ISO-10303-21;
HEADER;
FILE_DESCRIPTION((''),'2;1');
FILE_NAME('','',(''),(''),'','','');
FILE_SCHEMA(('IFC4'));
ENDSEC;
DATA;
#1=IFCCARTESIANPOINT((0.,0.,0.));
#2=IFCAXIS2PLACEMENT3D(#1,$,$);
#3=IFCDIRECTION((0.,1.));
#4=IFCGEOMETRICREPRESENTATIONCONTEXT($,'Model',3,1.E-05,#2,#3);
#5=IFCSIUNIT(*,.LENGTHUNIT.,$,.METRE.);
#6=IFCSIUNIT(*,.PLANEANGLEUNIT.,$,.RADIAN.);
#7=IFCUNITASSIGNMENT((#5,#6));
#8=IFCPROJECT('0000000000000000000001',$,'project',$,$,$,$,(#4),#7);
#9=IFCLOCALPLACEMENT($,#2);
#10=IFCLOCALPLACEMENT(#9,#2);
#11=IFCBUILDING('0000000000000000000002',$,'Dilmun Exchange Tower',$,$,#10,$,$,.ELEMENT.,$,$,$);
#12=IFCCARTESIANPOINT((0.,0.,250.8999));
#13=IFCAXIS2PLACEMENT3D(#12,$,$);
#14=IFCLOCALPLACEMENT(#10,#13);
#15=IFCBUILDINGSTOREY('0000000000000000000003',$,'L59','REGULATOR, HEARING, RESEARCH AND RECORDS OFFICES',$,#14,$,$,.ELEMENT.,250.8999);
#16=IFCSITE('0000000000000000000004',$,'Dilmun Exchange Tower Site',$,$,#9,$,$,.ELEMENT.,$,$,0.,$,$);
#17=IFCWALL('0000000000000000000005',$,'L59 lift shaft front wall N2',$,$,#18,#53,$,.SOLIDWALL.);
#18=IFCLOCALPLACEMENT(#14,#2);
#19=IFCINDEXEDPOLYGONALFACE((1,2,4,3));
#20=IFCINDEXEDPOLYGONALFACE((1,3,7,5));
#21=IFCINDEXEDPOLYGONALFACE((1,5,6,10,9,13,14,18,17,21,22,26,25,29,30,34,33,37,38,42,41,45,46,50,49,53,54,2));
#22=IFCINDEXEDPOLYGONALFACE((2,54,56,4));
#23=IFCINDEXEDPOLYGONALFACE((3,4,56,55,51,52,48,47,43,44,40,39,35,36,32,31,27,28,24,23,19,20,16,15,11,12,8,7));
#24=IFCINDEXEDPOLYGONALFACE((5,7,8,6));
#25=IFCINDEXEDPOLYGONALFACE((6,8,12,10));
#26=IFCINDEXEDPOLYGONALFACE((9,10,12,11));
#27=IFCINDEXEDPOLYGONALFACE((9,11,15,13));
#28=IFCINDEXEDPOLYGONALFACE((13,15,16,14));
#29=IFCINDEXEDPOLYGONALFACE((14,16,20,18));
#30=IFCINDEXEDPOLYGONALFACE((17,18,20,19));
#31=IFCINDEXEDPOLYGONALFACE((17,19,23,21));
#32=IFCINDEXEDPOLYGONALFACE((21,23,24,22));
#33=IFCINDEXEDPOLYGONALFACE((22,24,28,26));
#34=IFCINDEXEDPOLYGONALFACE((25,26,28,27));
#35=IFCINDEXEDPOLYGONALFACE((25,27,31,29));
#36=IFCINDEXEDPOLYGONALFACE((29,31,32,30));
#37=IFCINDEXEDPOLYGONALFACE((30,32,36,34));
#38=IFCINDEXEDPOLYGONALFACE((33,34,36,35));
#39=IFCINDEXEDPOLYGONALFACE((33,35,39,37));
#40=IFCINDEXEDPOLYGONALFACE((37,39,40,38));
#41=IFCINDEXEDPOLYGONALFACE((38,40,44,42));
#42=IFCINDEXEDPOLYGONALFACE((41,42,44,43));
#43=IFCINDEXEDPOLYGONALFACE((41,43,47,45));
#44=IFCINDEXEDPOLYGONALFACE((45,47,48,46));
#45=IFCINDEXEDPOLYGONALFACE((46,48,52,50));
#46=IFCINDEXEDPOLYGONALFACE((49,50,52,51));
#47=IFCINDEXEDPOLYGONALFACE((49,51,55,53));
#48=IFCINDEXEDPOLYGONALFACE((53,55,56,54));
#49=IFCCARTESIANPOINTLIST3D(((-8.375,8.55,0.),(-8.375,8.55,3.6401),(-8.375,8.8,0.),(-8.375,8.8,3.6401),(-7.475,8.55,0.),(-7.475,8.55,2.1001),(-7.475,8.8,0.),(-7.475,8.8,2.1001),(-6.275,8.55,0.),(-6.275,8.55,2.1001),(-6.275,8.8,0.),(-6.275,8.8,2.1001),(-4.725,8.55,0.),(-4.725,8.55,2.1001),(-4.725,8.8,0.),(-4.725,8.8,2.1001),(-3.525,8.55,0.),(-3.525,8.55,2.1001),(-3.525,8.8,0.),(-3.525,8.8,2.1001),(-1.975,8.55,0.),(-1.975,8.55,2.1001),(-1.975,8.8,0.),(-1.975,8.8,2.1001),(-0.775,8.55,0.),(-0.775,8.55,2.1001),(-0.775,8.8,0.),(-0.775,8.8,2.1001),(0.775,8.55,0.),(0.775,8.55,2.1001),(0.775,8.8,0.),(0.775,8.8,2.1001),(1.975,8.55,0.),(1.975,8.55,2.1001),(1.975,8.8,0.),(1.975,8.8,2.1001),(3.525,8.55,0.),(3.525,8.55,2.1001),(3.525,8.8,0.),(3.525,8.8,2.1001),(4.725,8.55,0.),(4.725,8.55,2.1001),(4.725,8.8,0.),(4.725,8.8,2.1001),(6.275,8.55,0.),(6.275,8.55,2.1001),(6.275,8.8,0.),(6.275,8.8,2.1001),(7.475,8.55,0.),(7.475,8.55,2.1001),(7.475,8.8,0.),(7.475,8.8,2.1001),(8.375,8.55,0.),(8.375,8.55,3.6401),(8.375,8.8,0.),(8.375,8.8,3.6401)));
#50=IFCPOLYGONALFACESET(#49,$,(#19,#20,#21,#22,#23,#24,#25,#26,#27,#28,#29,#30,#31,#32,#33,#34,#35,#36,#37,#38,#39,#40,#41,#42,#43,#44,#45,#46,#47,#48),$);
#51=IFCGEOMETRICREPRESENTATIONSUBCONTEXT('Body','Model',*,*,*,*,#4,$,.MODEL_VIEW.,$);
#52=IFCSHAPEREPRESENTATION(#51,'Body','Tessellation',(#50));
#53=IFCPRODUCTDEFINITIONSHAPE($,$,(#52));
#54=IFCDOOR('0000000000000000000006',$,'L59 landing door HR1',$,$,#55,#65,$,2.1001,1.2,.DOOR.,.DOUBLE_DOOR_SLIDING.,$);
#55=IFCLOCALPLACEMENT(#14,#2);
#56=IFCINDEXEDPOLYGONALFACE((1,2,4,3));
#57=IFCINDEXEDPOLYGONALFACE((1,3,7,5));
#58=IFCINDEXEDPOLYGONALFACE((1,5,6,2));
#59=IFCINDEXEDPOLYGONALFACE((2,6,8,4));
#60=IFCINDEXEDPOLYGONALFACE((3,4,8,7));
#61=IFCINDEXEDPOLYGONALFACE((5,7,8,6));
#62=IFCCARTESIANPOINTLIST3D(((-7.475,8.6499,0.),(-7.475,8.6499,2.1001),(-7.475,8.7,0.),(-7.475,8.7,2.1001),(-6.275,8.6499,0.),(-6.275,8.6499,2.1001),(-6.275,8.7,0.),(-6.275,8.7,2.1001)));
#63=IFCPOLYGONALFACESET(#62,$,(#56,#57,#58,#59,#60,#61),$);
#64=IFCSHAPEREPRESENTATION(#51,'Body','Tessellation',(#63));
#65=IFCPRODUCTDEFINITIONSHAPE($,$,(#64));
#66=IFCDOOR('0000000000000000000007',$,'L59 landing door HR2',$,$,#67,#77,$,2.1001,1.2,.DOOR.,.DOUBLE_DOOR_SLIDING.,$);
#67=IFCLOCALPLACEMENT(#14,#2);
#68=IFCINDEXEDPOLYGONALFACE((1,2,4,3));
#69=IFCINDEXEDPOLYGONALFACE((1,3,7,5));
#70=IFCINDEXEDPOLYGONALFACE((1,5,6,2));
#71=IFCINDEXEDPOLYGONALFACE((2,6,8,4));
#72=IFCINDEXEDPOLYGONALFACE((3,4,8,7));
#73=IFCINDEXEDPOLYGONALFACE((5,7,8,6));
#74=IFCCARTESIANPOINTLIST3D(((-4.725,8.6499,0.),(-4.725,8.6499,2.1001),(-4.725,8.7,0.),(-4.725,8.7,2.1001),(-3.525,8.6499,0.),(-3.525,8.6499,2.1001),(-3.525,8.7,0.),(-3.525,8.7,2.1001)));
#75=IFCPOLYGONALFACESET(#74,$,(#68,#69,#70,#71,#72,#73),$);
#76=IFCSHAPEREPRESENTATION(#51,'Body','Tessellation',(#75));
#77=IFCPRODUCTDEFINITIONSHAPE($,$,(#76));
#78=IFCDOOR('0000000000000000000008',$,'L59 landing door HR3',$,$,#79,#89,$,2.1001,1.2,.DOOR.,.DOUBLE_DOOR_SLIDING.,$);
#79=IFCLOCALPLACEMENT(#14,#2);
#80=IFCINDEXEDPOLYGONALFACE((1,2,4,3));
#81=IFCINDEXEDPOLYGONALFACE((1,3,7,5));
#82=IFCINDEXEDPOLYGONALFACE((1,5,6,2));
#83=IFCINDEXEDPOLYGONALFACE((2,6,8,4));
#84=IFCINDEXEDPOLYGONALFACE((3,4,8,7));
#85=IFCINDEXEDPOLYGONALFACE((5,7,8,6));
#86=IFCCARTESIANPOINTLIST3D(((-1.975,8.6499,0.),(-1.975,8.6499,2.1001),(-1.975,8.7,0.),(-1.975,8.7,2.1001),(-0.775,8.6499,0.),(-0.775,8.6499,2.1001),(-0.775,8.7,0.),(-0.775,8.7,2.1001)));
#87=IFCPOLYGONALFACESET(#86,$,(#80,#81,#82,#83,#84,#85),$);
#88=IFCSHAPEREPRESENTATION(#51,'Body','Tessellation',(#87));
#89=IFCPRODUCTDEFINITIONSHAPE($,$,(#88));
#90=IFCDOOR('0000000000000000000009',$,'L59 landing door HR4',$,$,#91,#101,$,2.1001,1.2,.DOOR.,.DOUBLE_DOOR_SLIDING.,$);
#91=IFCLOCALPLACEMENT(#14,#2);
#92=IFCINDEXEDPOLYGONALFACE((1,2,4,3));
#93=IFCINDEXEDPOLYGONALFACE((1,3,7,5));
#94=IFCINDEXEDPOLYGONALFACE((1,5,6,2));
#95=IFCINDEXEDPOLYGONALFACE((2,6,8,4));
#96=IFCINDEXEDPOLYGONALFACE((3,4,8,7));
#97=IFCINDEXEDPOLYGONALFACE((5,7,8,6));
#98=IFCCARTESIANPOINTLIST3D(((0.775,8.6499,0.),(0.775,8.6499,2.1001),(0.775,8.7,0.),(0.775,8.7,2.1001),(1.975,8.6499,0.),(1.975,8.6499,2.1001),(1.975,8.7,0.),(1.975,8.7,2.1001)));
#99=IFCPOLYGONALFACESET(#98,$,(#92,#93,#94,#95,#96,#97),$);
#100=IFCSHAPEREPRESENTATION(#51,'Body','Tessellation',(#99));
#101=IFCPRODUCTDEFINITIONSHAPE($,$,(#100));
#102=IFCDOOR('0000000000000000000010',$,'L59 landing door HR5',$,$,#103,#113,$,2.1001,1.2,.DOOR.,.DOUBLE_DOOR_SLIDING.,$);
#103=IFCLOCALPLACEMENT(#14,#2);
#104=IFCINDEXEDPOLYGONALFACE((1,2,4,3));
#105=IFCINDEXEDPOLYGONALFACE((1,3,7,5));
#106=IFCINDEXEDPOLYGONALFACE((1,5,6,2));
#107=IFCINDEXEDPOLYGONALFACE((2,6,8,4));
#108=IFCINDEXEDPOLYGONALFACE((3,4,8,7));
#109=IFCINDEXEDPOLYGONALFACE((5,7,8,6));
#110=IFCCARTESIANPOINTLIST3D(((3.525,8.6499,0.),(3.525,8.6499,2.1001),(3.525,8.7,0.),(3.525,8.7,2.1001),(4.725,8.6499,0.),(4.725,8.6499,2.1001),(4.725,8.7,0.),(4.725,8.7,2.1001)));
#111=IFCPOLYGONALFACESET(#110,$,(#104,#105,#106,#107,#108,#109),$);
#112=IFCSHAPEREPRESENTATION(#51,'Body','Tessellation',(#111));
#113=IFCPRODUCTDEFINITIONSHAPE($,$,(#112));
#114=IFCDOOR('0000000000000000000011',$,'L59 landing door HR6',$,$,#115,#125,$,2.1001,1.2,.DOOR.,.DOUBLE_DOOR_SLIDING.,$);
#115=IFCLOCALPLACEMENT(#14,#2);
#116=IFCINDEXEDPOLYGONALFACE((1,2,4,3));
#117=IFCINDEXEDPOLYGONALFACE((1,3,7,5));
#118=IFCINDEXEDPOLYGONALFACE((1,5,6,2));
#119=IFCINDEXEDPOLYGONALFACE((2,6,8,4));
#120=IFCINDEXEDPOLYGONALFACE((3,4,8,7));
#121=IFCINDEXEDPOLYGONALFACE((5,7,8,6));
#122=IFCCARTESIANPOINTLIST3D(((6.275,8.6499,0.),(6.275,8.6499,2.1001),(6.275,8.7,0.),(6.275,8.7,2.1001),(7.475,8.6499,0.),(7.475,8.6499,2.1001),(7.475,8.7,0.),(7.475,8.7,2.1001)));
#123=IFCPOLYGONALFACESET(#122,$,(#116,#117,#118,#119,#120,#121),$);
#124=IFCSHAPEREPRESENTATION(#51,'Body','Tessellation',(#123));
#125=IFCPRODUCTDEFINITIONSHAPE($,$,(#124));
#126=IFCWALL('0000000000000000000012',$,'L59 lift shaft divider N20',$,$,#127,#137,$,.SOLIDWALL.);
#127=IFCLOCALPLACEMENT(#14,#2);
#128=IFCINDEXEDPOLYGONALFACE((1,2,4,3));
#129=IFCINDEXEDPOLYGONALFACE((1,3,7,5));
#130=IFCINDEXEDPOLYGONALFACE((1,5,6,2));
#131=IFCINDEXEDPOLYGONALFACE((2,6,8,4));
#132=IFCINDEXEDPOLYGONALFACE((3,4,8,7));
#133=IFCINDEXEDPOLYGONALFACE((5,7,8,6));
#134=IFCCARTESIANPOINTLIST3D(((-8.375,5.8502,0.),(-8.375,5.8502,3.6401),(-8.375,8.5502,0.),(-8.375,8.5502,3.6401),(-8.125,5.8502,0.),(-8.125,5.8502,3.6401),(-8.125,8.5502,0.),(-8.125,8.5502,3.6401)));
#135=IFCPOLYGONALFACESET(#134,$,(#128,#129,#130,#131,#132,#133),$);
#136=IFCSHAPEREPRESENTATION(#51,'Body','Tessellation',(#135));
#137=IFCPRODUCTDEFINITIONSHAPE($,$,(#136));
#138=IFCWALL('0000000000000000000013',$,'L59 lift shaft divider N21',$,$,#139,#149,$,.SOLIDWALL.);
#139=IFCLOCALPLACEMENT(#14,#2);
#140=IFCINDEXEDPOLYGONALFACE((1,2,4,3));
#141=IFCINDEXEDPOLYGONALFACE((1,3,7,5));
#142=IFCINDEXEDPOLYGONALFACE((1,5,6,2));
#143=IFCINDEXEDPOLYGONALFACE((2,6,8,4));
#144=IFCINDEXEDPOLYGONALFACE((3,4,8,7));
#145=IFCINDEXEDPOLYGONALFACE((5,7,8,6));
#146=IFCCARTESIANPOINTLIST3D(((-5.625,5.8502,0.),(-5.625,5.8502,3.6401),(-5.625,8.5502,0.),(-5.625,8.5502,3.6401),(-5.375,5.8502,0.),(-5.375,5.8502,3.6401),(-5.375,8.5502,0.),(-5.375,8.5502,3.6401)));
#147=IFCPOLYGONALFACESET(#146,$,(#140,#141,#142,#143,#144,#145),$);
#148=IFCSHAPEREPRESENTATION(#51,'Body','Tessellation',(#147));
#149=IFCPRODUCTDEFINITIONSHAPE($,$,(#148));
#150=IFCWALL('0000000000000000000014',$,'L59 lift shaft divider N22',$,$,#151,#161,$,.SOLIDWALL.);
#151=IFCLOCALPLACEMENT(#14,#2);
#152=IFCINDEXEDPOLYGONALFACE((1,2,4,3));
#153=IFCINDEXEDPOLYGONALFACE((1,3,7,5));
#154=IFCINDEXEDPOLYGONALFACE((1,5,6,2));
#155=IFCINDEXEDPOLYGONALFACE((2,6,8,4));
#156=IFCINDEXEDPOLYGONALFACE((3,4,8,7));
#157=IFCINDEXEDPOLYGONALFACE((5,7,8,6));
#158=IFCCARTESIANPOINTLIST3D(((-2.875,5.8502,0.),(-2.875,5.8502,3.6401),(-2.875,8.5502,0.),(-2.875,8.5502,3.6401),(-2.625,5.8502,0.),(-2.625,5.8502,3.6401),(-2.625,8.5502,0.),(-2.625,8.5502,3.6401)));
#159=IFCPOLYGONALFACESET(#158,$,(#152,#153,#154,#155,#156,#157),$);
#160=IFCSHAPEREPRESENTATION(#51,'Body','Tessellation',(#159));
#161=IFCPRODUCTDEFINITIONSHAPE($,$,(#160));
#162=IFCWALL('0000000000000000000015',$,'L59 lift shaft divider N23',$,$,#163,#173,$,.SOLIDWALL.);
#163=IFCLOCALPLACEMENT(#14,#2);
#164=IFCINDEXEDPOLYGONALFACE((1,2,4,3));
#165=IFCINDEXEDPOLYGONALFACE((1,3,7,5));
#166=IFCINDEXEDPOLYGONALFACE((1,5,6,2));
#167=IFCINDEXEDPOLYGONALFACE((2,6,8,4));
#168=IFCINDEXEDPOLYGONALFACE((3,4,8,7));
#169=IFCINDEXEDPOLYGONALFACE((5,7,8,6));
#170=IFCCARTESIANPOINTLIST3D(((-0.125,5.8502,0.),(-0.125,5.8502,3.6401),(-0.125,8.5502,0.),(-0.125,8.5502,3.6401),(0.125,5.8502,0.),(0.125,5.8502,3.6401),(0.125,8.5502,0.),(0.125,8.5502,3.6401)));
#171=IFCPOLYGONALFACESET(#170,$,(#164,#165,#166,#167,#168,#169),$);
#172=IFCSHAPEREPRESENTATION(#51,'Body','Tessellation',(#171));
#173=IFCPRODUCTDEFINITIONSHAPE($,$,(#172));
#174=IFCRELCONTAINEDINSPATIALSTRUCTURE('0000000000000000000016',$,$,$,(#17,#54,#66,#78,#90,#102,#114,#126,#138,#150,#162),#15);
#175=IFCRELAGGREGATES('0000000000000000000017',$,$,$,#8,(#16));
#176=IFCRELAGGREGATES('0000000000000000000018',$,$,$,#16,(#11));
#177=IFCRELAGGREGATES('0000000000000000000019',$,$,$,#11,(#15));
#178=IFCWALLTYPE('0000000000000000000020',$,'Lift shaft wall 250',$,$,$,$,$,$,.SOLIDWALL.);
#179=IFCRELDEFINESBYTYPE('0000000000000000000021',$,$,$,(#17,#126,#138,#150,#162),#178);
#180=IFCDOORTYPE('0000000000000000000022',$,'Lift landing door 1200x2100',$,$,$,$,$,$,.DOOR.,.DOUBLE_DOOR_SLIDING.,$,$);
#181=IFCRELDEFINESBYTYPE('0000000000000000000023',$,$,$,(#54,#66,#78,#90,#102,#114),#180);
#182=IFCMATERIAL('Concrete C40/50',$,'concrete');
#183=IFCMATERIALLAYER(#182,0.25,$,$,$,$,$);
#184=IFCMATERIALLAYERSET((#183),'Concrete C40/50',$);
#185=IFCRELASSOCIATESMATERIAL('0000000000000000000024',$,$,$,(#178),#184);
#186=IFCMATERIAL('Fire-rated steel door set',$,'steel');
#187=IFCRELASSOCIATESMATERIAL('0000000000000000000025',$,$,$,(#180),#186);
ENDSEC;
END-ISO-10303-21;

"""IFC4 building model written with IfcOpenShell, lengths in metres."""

from ifc_helpers import new_model, si_unit, direction, frame, frame_2d, origin, place, context, subcontext, project, spatial, rectangle, extrude, material, layer, layer_set, type_object, element, fill, save


model = new_model("IFC4")

# Units and contexts
model_context = context("Model", 3, precision=1e-05, world=origin(), true_north=direction((0.0, 1.0)))
body_context = subcontext(model_context, "Body", "Model", "MODEL_VIEW")
ifc_project = project(units=[si_unit("LENGTHUNIT", "METRE"), si_unit("PLANEANGLEUNIT", "RADIAN")], contexts=[model_context])

# Site, building, storey
site_placement = place(None, origin())
site = spatial("IfcSite", under=ifc_project, at=site_placement, Name="Dilmun Exchange Tower Site", CompositionType="ELEMENT", RefElevation=0.0)
building_placement = place(site_placement, origin())
building = spatial("IfcBuilding", under=site, at=building_placement, Name="Dilmun Exchange Tower", CompositionType="ELEMENT")
storey_placement = place(building_placement, frame((0.0, 0.0, 250.8999)))
storey = spatial("IfcBuildingStorey", under=building, at=storey_placement, Name="L59", Description="REGULATOR, HEARING, RESEARCH AND RECORDS OFFICES", CompositionType="ELEMENT", Elevation=250.8999)

# Shared definitions
ifc_material_1 = material(Name="Concrete C40/50", Category="concrete")

# Shared definitions
ifc_material_2 = material(Name="Fire-rated steel door set", Category="steel")

# Wall, openings, doors
ifc_layer_1 = layer(ifc_material_1, 0.25)
ifc_layer_set_1 = layer_set([ifc_layer_1], Name="Concrete C40/50")
wall_type_1 = type_object("IfcWallType", Name="Lift shaft wall 250", PredefinedType="SOLIDWALL", material=ifc_layer_set_1)
wall_1_placement = place(storey_placement, frame((-8.375, 8.675, 0.0), z_axis=(0.0, 0.0, 1.0), x_axis=(1.0, 0.0, 0.0)))
wall_1 = element("IfcWall", 1, at=wall_1_placement, inside=storey, type_object=wall_type_1, Name="L59 lift shaft front wall N2", PredefinedType="SOLIDWALL", context=body_context, shape_type="SweptSolid", body=[
    extrude(rectangle(XDim=16.75, YDim=0.25, at=frame_2d((8.375, 0.0))), origin(), (0.0, 0.0, 1.0), 3.6401),
])
opening_1_placement = place(wall_1_placement, frame((0.8999, 0.0, 0.0)))
opening_1 = element("IfcOpeningElement", 2, at=opening_1_placement, cuts=wall_1, PredefinedType="OPENING", context=body_context, shape_type="SweptSolid", body=[
    extrude(rectangle(XDim=1.2, YDim=2.1001, at=frame_2d((0.6001, 1.05))), frame((0.0, 0.135, 0.0), z_axis=(0.0, -1.0, 0.0), x_axis=(1.0, 0.0, 0.0)), (0.0, 0.0, 1.0), 0.27),
])
opening_2_placement = place(wall_1_placement, frame((3.6499, 0.0, 0.0)))
opening_2 = element("IfcOpeningElement", 3, at=opening_2_placement, cuts=wall_1, PredefinedType="OPENING", context=body_context, shape_type="SweptSolid", body=[
    extrude(rectangle(XDim=1.2, YDim=2.1001, at=frame_2d((0.6001, 1.05))), frame((0.0, 0.135, 0.0), z_axis=(0.0, -1.0, 0.0), x_axis=(1.0, 0.0, 0.0)), (0.0, 0.0, 1.0), 0.27),
])
opening_3_placement = place(wall_1_placement, frame((6.3999, 0.0, 0.0)))
opening_3 = element("IfcOpeningElement", 4, at=opening_3_placement, cuts=wall_1, PredefinedType="OPENING", context=body_context, shape_type="SweptSolid", body=[
    extrude(rectangle(XDim=1.2, YDim=2.1001, at=frame_2d((0.6001, 1.05))), frame((0.0, 0.135, 0.0), z_axis=(0.0, -1.0, 0.0), x_axis=(1.0, 0.0, 0.0)), (0.0, 0.0, 1.0), 0.27),
])
opening_4_placement = place(wall_1_placement, frame((9.1499, 0.0, 0.0)))
opening_4 = element("IfcOpeningElement", 5, at=opening_4_placement, cuts=wall_1, PredefinedType="OPENING", context=body_context, shape_type="SweptSolid", body=[
    extrude(rectangle(XDim=1.2, YDim=2.1001, at=frame_2d((0.6001, 1.05))), frame((0.0, 0.135, 0.0), z_axis=(0.0, -1.0, 0.0), x_axis=(1.0, 0.0, 0.0)), (0.0, 0.0, 1.0), 0.27),
])
opening_5_placement = place(wall_1_placement, frame((11.8999, 0.0, 0.0)))
opening_5 = element("IfcOpeningElement", 6, at=opening_5_placement, cuts=wall_1, PredefinedType="OPENING", context=body_context, shape_type="SweptSolid", body=[
    extrude(rectangle(XDim=1.2, YDim=2.1001, at=frame_2d((0.6001, 1.05))), frame((0.0, 0.135, 0.0), z_axis=(0.0, -1.0, 0.0), x_axis=(1.0, 0.0, 0.0)), (0.0, 0.0, 1.0), 0.27),
])
opening_6_placement = place(wall_1_placement, frame((14.6499, 0.0, 0.0)))
opening_6 = element("IfcOpeningElement", 7, at=opening_6_placement, cuts=wall_1, PredefinedType="OPENING", context=body_context, shape_type="SweptSolid", body=[
    extrude(rectangle(XDim=1.2, YDim=2.1001, at=frame_2d((0.6001, 1.05))), frame((0.0, 0.135, 0.0), z_axis=(0.0, -1.0, 0.0), x_axis=(1.0, 0.0, 0.0)), (0.0, 0.0, 1.0), 0.27),
])
door_type_1 = type_object("IfcDoorType", Name="Lift landing door 1200x2100", OperationType="DOUBLE_DOOR_SLIDING", PredefinedType="DOOR", material=ifc_material_2)
door_1_placement = place(opening_1_placement, origin())
door_1 = element("IfcDoor", 8, at=door_1_placement, inside=storey, type_object=door_type_1, Name="L59 landing door HR1", OperationType="DOUBLE_DOOR_SLIDING", OverallHeight=2.1001, OverallWidth=1.2, PredefinedType="DOOR", context=body_context, shape_type="SweptSolid", body=[
    extrude(rectangle(XDim=1.2, YDim=2.1001, at=frame_2d((0.6001, 1.05))), frame((0.0, 0.0249, 0.0), z_axis=(0.0, -1.0, 0.0), x_axis=(1.0, 0.0, 0.0)), (0.0, 0.0, 1.0), 0.05),
])
fill(opening_1, door_1)
door_2_placement = place(opening_2_placement, origin())
door_2 = element("IfcDoor", 9, at=door_2_placement, inside=storey, type_object=door_type_1, Name="L59 landing door HR2", OperationType="DOUBLE_DOOR_SLIDING", OverallHeight=2.1001, OverallWidth=1.2, PredefinedType="DOOR", context=body_context, shape_type="SweptSolid", body=[
    extrude(rectangle(XDim=1.2, YDim=2.1001, at=frame_2d((0.6001, 1.05))), frame((0.0, 0.0249, 0.0), z_axis=(0.0, -1.0, 0.0), x_axis=(1.0, 0.0, 0.0)), (0.0, 0.0, 1.0), 0.05),
])
fill(opening_2, door_2)
door_3_placement = place(opening_3_placement, origin())
door_3 = element("IfcDoor", 10, at=door_3_placement, inside=storey, type_object=door_type_1, Name="L59 landing door HR3", OperationType="DOUBLE_DOOR_SLIDING", OverallHeight=2.1001, OverallWidth=1.2, PredefinedType="DOOR", context=body_context, shape_type="SweptSolid", body=[
    extrude(rectangle(XDim=1.2, YDim=2.1001, at=frame_2d((0.6001, 1.05))), frame((0.0, 0.0249, 0.0), z_axis=(0.0, -1.0, 0.0), x_axis=(1.0, 0.0, 0.0)), (0.0, 0.0, 1.0), 0.05),
])
fill(opening_3, door_3)
door_4_placement = place(opening_4_placement, origin())
door_4 = element("IfcDoor", 11, at=door_4_placement, inside=storey, type_object=door_type_1, Name="L59 landing door HR4", OperationType="DOUBLE_DOOR_SLIDING", OverallHeight=2.1001, OverallWidth=1.2, PredefinedType="DOOR", context=body_context, shape_type="SweptSolid", body=[
    extrude(rectangle(XDim=1.2, YDim=2.1001, at=frame_2d((0.6001, 1.05))), frame((0.0, 0.0249, 0.0), z_axis=(0.0, -1.0, 0.0), x_axis=(1.0, 0.0, 0.0)), (0.0, 0.0, 1.0), 0.05),
])
fill(opening_4, door_4)
door_5_placement = place(opening_5_placement, origin())
door_5 = element("IfcDoor", 12, at=door_5_placement, inside=storey, type_object=door_type_1, Name="L59 landing door HR5", OperationType="DOUBLE_DOOR_SLIDING", OverallHeight=2.1001, OverallWidth=1.2, PredefinedType="DOOR", context=body_context, shape_type="SweptSolid", body=[
    extrude(rectangle(XDim=1.2, YDim=2.1001, at=frame_2d((0.6001, 1.05))), frame((0.0, 0.0249, 0.0), z_axis=(0.0, -1.0, 0.0), x_axis=(1.0, 0.0, 0.0)), (0.0, 0.0, 1.0), 0.05),
])
fill(opening_5, door_5)
door_6_placement = place(opening_6_placement, origin())
door_6 = element("IfcDoor", 13, at=door_6_placement, inside=storey, type_object=door_type_1, Name="L59 landing door HR6", OperationType="DOUBLE_DOOR_SLIDING", OverallHeight=2.1001, OverallWidth=1.2, PredefinedType="DOOR", context=body_context, shape_type="SweptSolid", body=[
    extrude(rectangle(XDim=1.2, YDim=2.1001, at=frame_2d((0.6001, 1.05))), frame((0.0, 0.0249, 0.0), z_axis=(0.0, -1.0, 0.0), x_axis=(1.0, 0.0, 0.0)), (0.0, 0.0, 1.0), 0.05),
])
fill(opening_6, door_6)

# Walls
for number, where, z_axis, x_axis, name in (
    (14, (-8.25, 5.8501, 0.0), (0.0, 0.0, 1.0), (0.0, 1.0, 0.0), "L59 lift shaft divider N20"),
    (15, (-5.5, 5.8501, 0.0), (0.0, 0.0, 1.0), (0.0, 1.0, 0.0), "L59 lift shaft divider N21"),
    (16, (-2.75, 5.8501, 0.0), (0.0, 0.0, 1.0), (0.0, 1.0, 0.0), "L59 lift shaft divider N22"),
    (17, (0.0, 5.8501, 0.0), (0.0, 0.0, 1.0), (0.0, 1.0, 0.0), "L59 lift shaft divider N23"),
):
    element("IfcWall", number, at=place(storey_placement, frame(where, z_axis=z_axis, x_axis=x_axis)), inside=storey, type_object=wall_type_1, Name=name, PredefinedType="SOLIDWALL", context=body_context, shape_type="SweptSolid", body=[
        extrude(rectangle(XDim=2.7, YDim=0.25, at=frame_2d((1.3501, 0.0))), origin(), (0.0, 0.0, 1.0), 3.6401),
    ])

save(model, "model.ifc")
